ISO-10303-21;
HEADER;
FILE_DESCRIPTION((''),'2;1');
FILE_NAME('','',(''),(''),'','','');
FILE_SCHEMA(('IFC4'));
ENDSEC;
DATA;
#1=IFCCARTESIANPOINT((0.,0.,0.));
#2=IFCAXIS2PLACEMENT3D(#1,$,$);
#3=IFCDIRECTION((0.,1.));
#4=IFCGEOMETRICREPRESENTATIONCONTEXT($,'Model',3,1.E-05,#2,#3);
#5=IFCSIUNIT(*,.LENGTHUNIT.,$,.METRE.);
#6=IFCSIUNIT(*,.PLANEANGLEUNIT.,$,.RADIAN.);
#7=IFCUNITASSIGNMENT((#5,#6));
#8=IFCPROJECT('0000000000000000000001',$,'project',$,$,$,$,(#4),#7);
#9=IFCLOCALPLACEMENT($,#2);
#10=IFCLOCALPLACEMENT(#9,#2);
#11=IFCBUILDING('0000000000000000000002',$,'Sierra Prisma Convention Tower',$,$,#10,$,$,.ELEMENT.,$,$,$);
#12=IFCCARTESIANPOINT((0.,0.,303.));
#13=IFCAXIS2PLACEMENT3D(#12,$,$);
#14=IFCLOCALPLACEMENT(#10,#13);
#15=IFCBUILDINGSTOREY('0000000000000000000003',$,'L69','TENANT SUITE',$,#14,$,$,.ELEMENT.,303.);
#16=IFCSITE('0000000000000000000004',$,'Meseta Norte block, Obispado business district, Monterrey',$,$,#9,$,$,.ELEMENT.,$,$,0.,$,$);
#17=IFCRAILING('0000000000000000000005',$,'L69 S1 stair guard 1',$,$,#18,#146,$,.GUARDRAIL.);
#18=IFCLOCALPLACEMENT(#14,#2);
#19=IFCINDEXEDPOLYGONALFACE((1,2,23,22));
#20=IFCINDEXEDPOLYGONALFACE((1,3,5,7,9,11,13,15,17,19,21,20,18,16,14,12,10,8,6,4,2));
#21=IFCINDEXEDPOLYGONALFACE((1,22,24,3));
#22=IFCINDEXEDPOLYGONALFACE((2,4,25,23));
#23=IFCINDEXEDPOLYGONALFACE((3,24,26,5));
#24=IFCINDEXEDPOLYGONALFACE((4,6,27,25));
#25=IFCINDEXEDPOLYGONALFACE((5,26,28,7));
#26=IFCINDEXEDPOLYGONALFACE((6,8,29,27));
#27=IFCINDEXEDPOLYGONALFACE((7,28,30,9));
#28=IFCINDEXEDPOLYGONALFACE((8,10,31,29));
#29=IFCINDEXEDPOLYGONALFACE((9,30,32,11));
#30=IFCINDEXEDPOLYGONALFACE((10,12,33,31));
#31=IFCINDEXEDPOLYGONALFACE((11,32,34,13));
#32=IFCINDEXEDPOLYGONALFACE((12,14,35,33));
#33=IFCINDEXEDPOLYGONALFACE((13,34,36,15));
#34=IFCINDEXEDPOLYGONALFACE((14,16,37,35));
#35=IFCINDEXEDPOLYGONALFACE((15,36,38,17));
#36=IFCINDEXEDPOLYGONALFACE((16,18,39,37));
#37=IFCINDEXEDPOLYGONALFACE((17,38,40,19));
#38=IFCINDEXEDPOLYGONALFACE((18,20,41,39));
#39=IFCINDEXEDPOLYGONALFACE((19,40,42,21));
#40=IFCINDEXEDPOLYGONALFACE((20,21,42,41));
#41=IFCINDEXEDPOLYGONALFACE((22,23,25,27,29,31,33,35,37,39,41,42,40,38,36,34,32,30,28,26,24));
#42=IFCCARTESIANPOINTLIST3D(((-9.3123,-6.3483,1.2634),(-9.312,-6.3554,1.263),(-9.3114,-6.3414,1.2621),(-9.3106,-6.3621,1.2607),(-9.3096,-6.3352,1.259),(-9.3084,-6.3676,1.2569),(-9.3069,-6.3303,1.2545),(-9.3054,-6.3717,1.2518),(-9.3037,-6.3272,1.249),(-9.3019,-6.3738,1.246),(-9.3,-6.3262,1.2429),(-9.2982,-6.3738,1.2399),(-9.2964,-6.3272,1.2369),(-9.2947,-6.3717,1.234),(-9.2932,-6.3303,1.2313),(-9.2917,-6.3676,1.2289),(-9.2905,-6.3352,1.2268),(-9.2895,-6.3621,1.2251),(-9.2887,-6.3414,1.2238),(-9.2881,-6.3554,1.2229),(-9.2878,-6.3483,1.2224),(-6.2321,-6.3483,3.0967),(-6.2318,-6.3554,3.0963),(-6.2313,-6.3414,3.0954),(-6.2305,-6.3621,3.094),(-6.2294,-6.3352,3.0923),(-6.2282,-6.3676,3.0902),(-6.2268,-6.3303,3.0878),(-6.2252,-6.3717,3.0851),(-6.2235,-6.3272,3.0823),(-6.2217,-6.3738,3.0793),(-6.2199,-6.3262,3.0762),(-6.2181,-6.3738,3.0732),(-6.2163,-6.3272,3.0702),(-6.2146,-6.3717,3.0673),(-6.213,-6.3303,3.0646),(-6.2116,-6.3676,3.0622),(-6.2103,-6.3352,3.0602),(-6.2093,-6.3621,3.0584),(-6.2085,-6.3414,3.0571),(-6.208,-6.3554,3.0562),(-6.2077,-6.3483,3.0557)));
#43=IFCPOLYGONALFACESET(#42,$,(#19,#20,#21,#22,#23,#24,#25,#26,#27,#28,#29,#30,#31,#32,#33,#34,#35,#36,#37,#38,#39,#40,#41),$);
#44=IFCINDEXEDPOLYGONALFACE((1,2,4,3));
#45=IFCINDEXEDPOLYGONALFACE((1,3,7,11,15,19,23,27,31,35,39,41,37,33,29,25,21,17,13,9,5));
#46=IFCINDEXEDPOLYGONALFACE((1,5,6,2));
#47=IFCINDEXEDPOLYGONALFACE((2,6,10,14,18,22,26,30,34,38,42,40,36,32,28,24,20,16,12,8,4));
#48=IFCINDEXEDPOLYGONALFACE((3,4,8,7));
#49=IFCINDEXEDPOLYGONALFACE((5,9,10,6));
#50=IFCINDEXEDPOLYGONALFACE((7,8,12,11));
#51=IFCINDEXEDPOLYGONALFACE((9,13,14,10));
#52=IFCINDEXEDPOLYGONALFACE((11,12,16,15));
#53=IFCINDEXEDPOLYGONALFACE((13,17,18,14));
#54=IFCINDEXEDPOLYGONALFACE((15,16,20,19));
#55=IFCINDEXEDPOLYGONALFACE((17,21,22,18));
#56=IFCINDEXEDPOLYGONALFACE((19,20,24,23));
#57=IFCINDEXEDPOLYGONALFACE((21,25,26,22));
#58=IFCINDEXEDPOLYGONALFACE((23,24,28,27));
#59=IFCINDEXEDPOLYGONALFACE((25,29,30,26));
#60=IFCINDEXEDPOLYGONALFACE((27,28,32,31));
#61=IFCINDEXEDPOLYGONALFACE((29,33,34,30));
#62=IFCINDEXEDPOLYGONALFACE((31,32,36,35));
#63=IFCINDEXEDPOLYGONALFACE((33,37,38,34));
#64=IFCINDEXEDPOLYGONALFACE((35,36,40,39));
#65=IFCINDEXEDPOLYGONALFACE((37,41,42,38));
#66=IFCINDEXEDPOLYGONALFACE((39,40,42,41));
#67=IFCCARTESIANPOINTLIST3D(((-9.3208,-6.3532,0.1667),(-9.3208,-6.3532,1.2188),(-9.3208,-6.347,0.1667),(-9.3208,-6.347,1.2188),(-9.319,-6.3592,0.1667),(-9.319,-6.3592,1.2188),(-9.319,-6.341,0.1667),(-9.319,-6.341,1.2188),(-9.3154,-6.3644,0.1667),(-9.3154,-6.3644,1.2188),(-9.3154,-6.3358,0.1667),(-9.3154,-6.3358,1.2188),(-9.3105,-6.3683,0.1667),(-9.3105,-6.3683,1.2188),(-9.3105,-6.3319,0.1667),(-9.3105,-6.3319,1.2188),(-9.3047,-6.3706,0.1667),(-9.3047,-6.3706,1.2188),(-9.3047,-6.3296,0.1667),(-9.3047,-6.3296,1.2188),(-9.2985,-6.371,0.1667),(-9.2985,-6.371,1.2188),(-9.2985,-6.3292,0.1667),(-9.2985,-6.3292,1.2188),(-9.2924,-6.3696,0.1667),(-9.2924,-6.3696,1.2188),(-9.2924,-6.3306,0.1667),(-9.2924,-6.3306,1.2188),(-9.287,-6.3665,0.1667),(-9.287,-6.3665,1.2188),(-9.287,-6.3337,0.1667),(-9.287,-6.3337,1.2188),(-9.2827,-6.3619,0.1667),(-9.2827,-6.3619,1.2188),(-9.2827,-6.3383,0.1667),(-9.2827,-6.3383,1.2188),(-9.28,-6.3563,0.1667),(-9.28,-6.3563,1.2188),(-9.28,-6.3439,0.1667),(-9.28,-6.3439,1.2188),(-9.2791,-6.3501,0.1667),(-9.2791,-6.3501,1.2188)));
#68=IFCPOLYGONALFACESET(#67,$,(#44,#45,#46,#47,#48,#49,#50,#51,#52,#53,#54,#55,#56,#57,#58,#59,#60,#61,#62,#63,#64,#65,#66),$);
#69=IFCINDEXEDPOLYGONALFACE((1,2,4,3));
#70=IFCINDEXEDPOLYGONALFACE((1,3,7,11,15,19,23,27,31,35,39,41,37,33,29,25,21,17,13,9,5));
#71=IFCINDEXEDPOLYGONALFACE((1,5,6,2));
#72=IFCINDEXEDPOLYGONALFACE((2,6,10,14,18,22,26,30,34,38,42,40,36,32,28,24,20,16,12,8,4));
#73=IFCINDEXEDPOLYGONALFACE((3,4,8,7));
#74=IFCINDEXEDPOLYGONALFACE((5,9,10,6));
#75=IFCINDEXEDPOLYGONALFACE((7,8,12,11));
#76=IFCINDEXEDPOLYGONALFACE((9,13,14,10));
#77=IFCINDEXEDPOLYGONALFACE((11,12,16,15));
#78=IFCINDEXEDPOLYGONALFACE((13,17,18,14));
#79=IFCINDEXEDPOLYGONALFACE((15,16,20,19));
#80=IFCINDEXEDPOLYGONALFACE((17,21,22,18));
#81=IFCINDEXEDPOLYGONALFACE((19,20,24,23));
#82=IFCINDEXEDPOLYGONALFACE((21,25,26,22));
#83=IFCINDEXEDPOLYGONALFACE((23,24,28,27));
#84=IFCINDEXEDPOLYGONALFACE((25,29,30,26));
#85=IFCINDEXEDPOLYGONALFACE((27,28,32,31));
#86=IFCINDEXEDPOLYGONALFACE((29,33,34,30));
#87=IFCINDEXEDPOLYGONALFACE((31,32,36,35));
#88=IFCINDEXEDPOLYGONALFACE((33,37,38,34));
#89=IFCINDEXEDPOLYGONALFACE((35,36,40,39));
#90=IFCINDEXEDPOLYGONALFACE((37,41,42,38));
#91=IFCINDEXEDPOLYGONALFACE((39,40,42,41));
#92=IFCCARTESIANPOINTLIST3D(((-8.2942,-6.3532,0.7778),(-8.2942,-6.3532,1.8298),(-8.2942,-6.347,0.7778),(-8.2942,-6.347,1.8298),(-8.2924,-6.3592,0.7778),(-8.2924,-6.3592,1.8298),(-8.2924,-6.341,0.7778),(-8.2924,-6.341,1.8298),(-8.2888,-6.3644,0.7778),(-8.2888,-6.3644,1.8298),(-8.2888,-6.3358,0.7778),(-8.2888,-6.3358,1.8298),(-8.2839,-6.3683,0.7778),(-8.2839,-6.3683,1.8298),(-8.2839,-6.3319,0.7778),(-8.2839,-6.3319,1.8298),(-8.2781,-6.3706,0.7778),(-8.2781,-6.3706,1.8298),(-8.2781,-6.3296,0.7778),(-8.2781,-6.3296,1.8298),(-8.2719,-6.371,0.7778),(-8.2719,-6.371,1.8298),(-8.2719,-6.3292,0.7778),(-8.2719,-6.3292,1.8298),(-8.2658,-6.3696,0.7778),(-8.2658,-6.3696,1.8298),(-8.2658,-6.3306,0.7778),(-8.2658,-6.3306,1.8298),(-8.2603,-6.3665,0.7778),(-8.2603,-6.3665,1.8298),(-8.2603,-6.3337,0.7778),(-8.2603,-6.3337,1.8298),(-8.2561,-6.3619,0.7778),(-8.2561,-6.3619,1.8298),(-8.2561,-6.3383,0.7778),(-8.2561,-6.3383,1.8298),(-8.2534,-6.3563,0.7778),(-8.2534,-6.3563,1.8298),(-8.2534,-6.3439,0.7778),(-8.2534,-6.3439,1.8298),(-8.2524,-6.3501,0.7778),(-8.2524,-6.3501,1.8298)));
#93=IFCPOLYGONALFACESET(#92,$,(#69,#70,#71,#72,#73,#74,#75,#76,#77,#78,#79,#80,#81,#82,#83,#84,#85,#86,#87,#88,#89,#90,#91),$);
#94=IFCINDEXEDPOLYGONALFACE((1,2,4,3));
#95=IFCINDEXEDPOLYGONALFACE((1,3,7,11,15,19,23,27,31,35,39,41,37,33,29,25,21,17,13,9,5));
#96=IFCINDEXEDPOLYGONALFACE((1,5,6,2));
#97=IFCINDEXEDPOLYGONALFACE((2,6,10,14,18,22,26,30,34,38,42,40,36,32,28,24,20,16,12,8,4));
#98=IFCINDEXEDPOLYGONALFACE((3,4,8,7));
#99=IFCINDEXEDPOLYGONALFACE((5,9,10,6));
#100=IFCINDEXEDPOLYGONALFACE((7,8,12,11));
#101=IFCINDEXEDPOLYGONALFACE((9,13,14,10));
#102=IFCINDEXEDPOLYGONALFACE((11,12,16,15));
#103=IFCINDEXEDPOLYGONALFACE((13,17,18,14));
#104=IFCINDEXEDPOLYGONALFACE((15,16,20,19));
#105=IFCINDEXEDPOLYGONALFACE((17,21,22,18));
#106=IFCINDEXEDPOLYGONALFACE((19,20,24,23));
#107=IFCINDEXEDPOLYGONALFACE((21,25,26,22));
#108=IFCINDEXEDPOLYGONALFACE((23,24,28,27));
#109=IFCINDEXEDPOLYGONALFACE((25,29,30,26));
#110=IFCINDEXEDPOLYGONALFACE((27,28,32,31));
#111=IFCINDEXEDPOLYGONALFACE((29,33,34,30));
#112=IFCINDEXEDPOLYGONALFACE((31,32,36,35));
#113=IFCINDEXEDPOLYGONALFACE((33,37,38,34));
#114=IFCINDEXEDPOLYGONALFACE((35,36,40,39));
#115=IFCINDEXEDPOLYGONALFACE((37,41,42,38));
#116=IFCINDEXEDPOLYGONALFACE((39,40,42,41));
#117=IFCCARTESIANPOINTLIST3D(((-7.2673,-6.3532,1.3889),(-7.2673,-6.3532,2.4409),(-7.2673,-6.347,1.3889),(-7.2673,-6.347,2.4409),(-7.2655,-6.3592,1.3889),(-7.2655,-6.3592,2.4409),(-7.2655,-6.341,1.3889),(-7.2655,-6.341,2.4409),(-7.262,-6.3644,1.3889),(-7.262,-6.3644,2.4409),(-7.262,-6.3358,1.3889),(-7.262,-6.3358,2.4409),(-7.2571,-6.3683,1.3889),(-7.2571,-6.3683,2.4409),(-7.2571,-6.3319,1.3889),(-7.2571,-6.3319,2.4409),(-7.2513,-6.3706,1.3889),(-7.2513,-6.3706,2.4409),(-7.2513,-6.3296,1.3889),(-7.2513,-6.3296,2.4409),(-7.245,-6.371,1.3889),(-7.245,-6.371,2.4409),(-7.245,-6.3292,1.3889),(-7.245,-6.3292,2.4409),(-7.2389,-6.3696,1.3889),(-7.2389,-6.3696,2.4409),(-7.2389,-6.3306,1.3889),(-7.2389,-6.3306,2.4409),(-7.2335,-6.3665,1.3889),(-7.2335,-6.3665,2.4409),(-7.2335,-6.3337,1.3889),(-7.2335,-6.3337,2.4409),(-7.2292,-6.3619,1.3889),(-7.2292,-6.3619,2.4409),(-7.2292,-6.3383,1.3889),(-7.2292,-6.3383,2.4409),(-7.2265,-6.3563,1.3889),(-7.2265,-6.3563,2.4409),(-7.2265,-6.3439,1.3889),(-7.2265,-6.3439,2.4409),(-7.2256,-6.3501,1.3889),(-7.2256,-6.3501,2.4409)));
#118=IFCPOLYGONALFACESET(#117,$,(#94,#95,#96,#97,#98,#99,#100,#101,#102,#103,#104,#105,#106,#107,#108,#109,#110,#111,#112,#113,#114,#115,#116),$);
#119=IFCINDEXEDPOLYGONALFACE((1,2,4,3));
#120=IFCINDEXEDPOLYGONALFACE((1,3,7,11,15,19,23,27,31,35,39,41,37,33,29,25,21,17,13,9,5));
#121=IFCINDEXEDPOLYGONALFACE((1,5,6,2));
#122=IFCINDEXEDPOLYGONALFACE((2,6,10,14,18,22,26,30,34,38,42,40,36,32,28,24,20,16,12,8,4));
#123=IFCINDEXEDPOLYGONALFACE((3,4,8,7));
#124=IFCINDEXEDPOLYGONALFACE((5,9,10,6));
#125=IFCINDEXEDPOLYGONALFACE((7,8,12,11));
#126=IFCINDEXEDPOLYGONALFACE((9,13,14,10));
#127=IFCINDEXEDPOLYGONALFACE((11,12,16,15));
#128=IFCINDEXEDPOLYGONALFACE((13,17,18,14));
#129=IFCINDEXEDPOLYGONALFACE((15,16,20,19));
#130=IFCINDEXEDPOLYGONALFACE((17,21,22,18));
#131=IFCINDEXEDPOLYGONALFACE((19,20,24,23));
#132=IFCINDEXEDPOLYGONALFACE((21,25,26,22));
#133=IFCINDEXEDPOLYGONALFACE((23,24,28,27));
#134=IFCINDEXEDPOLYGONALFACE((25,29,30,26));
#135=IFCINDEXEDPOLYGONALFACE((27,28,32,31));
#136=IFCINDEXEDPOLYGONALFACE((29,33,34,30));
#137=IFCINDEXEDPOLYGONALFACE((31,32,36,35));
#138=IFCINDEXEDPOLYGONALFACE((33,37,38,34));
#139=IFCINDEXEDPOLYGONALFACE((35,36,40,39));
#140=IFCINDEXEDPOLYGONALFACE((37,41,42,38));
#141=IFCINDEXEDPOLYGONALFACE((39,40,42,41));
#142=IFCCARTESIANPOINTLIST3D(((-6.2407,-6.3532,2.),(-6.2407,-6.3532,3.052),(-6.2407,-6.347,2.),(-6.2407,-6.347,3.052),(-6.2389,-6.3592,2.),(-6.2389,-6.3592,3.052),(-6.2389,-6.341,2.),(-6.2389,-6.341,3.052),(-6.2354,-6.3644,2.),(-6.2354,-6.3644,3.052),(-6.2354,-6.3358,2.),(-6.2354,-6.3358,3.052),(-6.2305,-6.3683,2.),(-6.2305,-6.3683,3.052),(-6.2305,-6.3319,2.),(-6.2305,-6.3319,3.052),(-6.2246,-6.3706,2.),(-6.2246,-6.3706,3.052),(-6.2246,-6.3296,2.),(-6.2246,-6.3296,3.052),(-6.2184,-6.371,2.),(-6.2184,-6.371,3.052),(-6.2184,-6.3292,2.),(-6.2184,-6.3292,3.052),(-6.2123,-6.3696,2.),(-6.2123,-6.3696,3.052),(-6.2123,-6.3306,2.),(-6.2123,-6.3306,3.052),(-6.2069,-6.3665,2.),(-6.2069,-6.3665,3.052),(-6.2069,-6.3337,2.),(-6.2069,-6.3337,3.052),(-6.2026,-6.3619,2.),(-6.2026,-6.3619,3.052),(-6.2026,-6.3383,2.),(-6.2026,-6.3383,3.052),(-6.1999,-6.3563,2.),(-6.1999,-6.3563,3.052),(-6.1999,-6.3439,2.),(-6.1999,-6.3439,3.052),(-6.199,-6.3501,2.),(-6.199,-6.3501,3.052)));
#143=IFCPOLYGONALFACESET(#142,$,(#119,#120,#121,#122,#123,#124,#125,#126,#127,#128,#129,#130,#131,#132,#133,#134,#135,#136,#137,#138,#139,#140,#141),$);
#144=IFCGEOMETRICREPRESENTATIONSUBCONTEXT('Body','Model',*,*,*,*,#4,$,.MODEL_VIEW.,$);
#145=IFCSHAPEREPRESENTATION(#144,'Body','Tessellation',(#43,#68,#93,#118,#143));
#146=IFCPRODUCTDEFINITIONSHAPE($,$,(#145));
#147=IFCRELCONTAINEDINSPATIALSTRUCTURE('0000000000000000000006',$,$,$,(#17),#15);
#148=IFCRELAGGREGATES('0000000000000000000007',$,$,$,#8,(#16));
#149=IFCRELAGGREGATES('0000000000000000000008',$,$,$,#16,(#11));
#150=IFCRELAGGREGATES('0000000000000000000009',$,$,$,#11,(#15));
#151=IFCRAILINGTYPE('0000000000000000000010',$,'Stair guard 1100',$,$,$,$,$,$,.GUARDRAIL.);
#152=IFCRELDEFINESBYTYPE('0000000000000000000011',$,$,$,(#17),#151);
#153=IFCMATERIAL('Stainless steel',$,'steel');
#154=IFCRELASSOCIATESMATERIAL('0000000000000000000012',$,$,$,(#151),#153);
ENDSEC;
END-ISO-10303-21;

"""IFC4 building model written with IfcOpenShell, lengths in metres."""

from ifc_helpers import new_model, si_unit, direction, frame, origin, origin_2d, place, context, subcontext, project, spatial, circle, extrude, material, type_object, element, save


model = new_model("IFC4")

# Units and contexts
model_context = context("Model", 3, precision=1e-05, world=origin(), true_north=direction((0.0, 1.0)))
body_context = subcontext(model_context, "Body", "Model", "MODEL_VIEW")
ifc_project = project(units=[si_unit("LENGTHUNIT", "METRE"), si_unit("PLANEANGLEUNIT", "RADIAN")], contexts=[model_context])

# Site, building, storey
site_placement = place(None, origin())
site = spatial("IfcSite", under=ifc_project, at=site_placement, Name="Meseta Norte block, Obispado business district, Monterrey", CompositionType="ELEMENT", RefElevation=0.0)
building_placement = place(site_placement, origin())
building = spatial("IfcBuilding", under=site, at=building_placement, Name="Sierra Prisma Convention Tower", CompositionType="ELEMENT")
storey_placement = place(building_placement, frame((0.0, 0.0, 303.0)))
storey = spatial("IfcBuildingStorey", under=building, at=storey_placement, Name="L69", Description="TENANT SUITE", CompositionType="ELEMENT", Elevation=303.0)

# Railing
ifc_material_1 = material(Name="Stainless steel", Category="steel")
railing_type_1 = type_object("IfcRailingType", Name="Stair guard 1100", PredefinedType="GUARDRAIL", material=ifc_material_1)
railing_1_placement = place(storey_placement, frame((-9.3, -6.3501, 0.1667)))
element("IfcRailing", 1, at=railing_1_placement, inside=storey, type_object=railing_type_1, Name="L69 S1 stair guard 1", PredefinedType="GUARDRAIL", context=body_context, shape_type="SweptSolid", body=[
    extrude(circle(Radius=0.0239, at=origin_2d()), frame((0.0, 0.0, 1.0762), z_axis=(0.859309, 0.0, 0.511458), x_axis=(0.0, 1.0, 0.0)), (0.0, 0.0, 1.0), 3.5845),
    extrude(circle(Radius=0.021, at=origin_2d()), origin(), (0.0, 0.0, 1.0), 1.052),
    extrude(circle(Radius=0.021, at=origin_2d()), frame((1.0266, 0.0, 0.6111)), (0.0, 0.0, 1.0), 1.052),
    extrude(circle(Radius=0.021, at=origin_2d()), frame((2.0535, 0.0, 1.2222)), (0.0, 0.0, 1.0), 1.052),
    extrude(circle(Radius=0.021, at=origin_2d()), frame((3.0801, 0.0, 1.8333)), (0.0, 0.0, 1.0), 1.052),
])

save(model, "model.ifc")
